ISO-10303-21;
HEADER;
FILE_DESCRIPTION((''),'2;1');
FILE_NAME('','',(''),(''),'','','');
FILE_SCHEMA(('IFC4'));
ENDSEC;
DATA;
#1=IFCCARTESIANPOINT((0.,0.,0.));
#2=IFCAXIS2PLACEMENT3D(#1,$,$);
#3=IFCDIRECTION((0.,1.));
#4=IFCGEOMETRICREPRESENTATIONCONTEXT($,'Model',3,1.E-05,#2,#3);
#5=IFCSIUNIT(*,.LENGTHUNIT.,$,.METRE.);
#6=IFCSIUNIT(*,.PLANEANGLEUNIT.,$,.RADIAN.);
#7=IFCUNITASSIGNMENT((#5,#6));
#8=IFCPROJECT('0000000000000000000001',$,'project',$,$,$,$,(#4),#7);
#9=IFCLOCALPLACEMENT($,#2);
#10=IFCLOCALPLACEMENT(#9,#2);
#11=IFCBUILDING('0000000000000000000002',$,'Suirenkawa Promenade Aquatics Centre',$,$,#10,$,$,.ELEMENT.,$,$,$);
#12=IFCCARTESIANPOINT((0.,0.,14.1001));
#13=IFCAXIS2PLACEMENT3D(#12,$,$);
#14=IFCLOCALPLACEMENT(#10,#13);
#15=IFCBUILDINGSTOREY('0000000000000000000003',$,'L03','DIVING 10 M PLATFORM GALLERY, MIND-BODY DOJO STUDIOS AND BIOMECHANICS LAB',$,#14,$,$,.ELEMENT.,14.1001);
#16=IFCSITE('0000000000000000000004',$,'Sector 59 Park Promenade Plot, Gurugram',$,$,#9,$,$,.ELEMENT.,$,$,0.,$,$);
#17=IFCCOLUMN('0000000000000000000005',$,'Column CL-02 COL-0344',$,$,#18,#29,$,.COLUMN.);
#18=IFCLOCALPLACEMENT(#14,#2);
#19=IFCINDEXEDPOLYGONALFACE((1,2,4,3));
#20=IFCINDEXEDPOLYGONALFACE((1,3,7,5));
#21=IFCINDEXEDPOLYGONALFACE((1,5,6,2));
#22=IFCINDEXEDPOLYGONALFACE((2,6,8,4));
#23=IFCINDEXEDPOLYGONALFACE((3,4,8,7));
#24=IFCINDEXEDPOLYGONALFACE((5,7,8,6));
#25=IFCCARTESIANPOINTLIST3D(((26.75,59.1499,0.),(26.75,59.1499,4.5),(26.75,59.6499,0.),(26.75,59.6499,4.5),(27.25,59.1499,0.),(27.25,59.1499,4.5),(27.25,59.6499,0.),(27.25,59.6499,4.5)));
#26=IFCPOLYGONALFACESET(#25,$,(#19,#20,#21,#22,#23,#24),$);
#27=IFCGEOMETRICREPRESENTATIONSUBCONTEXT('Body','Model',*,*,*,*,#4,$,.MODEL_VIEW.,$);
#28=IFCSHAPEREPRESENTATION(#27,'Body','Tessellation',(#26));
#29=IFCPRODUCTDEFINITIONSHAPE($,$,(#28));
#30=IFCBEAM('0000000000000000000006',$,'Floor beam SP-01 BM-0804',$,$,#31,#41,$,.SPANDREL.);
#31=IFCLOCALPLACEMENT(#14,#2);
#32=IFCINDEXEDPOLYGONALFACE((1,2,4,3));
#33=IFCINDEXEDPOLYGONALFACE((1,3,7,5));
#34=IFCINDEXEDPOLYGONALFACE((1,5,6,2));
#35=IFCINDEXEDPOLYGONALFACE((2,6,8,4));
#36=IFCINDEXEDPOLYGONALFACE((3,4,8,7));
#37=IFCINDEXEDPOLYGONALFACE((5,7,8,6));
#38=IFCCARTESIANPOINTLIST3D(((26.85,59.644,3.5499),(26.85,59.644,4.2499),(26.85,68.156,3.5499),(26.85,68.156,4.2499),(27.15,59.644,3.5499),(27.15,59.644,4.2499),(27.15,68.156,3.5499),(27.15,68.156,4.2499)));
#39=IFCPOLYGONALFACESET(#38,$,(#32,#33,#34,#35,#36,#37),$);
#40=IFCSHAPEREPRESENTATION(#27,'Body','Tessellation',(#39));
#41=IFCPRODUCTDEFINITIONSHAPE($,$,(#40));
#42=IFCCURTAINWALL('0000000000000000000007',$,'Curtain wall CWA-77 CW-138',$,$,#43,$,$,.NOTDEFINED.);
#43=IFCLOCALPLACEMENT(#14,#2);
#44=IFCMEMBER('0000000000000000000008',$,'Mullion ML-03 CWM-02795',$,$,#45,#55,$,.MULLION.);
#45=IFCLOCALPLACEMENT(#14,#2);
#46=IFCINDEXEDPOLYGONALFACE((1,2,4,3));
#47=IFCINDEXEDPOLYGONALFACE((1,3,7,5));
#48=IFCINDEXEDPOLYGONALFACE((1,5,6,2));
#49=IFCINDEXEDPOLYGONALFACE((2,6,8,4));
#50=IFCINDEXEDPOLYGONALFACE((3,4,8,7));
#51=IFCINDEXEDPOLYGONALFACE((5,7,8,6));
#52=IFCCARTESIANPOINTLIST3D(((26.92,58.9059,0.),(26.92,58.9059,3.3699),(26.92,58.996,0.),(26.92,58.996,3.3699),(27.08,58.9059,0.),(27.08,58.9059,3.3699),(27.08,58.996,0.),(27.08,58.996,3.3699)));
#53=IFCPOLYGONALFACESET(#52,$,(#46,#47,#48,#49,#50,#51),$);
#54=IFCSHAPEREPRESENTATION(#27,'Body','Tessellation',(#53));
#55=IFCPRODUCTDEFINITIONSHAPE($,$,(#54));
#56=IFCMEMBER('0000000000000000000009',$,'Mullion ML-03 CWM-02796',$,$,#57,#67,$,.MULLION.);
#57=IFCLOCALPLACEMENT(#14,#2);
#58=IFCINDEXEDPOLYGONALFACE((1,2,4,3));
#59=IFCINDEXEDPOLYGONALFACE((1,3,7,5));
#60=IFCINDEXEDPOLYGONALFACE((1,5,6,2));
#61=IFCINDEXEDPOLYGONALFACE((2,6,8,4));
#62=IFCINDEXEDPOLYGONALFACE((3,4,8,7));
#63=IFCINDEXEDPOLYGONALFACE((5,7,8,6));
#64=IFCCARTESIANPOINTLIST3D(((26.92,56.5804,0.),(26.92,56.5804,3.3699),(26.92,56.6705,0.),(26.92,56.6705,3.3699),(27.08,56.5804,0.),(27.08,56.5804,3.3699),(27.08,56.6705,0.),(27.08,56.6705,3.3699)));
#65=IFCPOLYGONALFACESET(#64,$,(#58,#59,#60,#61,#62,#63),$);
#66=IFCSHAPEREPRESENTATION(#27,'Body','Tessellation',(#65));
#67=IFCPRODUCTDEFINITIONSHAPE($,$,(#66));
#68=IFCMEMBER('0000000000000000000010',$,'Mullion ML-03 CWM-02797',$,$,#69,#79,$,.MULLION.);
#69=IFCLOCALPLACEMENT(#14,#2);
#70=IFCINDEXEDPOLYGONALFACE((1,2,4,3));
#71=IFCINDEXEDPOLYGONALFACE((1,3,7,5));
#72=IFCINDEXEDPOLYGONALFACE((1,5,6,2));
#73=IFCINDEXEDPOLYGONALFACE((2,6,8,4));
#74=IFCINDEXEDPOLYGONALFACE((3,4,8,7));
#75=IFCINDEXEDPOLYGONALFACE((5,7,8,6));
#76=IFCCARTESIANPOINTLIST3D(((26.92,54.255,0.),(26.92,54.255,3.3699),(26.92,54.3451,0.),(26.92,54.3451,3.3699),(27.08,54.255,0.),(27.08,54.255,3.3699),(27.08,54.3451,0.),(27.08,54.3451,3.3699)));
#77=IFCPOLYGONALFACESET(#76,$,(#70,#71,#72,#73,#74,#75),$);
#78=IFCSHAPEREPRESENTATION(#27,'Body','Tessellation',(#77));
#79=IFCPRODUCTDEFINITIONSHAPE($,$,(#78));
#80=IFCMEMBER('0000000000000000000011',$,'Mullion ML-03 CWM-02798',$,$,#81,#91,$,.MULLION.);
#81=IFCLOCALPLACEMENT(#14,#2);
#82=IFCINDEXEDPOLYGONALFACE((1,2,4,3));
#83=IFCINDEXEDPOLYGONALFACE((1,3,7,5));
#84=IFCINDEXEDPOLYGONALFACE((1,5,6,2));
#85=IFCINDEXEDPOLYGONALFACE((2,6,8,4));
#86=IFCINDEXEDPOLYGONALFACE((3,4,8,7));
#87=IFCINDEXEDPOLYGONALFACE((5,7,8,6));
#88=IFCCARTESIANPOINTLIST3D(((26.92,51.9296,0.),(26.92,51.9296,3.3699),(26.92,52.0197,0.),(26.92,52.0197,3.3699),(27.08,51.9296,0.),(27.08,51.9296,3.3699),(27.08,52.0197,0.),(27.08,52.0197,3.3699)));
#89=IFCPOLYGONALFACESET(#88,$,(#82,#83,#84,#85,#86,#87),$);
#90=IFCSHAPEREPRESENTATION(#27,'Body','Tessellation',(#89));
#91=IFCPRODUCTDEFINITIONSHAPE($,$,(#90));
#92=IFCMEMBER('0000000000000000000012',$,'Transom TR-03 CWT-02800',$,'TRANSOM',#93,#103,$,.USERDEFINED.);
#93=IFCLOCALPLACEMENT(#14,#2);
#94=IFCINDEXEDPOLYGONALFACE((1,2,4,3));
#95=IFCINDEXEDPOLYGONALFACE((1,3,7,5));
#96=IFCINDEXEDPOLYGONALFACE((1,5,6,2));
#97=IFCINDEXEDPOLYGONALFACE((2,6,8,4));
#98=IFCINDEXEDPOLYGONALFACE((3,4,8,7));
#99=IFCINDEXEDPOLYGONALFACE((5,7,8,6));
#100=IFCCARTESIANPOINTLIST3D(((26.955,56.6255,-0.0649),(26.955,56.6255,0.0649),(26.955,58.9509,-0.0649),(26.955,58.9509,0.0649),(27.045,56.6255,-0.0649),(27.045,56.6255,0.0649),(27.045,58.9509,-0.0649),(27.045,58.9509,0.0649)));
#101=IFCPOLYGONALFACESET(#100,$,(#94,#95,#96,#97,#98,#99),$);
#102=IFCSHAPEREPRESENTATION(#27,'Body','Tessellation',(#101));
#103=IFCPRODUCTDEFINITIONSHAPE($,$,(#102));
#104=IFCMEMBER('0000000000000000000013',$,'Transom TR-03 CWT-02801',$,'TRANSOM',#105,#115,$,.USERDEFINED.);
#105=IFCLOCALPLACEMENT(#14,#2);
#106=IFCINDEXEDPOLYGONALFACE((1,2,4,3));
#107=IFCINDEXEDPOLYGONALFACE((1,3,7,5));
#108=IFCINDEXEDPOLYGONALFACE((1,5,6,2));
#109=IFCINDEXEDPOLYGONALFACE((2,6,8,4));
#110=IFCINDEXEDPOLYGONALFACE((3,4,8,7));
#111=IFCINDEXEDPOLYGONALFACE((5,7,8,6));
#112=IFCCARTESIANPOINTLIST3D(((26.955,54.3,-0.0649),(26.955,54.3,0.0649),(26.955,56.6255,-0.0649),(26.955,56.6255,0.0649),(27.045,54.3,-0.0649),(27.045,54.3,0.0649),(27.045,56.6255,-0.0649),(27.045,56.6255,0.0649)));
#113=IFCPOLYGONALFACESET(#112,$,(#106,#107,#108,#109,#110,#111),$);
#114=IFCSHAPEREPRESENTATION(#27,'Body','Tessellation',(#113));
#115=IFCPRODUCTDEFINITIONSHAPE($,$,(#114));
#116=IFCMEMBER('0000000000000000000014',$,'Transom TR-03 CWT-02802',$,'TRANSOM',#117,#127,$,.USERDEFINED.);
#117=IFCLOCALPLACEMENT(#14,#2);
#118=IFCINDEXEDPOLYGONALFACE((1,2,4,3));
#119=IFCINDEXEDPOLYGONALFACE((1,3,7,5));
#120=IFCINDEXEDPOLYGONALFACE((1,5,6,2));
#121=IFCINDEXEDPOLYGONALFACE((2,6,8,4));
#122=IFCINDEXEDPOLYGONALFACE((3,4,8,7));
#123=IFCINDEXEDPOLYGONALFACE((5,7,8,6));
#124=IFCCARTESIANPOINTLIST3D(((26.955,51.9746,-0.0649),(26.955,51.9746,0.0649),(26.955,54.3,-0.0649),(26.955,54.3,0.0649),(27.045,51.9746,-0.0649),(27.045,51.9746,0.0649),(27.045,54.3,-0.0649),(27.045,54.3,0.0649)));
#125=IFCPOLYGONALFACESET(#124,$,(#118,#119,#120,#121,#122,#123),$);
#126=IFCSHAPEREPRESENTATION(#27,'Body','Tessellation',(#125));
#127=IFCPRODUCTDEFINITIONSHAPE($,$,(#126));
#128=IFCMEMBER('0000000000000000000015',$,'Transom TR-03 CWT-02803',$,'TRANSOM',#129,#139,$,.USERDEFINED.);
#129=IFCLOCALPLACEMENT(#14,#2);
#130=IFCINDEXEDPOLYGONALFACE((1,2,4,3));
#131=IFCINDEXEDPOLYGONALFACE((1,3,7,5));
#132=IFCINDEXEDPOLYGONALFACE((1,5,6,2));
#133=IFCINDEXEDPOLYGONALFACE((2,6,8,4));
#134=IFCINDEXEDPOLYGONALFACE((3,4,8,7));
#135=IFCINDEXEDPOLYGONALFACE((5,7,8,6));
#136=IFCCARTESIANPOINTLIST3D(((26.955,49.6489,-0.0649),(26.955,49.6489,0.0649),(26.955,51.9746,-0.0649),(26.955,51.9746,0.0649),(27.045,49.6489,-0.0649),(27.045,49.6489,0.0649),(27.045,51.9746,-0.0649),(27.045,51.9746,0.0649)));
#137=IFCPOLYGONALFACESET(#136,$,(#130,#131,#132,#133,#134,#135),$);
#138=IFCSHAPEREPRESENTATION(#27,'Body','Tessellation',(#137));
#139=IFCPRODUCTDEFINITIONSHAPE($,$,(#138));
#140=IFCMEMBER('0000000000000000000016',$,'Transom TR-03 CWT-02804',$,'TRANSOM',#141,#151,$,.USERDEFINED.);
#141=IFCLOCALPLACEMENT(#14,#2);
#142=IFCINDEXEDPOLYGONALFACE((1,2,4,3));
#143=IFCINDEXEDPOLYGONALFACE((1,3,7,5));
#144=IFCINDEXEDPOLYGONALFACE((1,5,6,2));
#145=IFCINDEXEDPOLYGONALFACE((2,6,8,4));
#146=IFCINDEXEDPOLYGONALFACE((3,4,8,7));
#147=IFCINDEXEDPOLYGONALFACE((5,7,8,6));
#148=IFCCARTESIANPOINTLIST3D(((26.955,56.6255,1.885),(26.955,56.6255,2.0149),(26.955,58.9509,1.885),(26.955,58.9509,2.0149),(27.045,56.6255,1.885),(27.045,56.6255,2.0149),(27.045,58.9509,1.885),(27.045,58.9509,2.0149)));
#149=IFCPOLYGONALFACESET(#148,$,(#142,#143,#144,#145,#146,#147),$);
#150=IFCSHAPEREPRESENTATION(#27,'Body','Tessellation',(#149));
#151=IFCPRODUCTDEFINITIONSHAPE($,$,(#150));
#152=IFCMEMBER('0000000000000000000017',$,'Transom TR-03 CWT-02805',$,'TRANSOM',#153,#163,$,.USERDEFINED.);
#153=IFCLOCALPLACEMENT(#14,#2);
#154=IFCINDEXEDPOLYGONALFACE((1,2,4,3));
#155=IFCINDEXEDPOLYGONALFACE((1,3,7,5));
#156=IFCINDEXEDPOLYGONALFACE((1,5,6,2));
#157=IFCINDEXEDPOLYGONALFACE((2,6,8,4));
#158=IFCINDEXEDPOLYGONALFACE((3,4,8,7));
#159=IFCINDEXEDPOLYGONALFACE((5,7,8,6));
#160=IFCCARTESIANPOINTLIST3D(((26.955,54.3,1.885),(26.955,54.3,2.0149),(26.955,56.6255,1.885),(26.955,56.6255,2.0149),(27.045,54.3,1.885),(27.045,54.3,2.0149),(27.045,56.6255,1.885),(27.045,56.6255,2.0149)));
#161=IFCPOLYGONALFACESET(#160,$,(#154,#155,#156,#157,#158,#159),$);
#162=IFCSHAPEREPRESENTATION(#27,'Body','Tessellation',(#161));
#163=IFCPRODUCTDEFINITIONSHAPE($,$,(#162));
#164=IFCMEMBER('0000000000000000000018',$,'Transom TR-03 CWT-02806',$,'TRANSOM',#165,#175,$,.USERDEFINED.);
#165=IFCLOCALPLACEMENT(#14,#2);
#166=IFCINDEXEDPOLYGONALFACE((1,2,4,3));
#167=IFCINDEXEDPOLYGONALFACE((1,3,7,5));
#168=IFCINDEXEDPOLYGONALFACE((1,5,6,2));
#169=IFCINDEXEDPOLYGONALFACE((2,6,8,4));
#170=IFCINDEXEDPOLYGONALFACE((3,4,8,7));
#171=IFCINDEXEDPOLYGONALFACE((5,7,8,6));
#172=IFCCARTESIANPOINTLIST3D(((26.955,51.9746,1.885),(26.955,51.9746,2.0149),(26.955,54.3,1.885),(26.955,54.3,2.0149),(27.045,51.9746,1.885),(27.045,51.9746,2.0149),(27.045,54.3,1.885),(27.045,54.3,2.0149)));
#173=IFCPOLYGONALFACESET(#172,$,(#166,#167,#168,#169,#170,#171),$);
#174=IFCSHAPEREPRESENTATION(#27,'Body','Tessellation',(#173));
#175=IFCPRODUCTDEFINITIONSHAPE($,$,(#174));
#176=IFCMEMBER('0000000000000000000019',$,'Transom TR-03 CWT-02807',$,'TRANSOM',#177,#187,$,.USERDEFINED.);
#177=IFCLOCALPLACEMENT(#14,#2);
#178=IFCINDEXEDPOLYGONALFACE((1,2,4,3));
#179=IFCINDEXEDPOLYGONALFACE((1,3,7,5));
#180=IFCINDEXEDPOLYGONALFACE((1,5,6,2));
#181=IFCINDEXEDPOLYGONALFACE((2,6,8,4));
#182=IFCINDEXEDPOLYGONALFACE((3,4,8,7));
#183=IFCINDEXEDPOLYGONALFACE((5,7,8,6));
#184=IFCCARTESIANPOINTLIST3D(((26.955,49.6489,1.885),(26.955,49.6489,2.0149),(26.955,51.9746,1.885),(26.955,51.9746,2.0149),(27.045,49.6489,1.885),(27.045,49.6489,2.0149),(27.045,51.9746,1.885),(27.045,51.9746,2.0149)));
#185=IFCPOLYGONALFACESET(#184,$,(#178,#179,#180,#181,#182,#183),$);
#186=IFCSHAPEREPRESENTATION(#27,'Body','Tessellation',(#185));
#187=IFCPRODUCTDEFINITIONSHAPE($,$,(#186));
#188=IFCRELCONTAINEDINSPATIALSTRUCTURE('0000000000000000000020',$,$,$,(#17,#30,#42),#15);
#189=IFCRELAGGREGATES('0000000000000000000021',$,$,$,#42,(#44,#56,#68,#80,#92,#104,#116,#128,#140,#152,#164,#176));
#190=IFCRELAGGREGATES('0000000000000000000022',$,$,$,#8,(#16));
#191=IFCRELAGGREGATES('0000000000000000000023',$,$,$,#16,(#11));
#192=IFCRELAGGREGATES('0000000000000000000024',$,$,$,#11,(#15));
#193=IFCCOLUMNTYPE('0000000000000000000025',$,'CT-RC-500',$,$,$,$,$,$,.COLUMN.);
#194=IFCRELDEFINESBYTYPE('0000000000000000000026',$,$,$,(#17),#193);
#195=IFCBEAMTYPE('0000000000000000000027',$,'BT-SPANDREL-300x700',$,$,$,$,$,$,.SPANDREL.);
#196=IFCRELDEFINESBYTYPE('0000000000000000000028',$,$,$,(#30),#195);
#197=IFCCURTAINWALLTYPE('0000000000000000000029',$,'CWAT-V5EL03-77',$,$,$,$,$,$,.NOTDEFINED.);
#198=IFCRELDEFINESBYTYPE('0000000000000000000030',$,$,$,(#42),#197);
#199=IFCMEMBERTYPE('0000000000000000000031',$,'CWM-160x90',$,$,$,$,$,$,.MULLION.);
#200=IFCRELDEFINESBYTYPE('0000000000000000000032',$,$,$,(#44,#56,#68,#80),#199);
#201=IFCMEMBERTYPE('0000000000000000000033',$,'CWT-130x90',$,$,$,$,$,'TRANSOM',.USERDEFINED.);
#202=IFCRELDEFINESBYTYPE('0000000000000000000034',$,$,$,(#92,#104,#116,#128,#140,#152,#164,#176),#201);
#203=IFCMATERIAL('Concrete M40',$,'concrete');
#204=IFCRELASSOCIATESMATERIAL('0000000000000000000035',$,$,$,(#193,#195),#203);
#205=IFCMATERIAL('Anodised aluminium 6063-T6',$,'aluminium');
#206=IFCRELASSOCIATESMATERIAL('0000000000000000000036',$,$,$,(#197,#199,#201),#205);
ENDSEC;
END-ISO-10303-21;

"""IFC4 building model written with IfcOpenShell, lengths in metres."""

from ifc_helpers import new_model, si_unit, direction, frame, origin, origin_2d, place, context, subcontext, project, spatial, rectangle, extrude, material, material_profile, profile_set, type_object, element, aggregate, save


model = new_model("IFC4")

# Units and contexts
model_context = context("Model", 3, precision=1e-05, world=origin(), true_north=direction((0.0, 1.0)))
body_context = subcontext(model_context, "Body", "Model", "MODEL_VIEW")
ifc_project = project(units=[si_unit("LENGTHUNIT", "METRE"), si_unit("PLANEANGLEUNIT", "RADIAN")], contexts=[model_context])

# Site, building, storey
site_placement = place(None, origin())
site = spatial("IfcSite", under=ifc_project, at=site_placement, Name="Sector 59 Park Promenade Plot, Gurugram", CompositionType="ELEMENT", RefElevation=0.0)
building_placement = place(site_placement, origin())
building = spatial("IfcBuilding", under=site, at=building_placement, Name="Suirenkawa Promenade Aquatics Centre", CompositionType="ELEMENT")
storey_placement = place(building_placement, frame((0.0, 0.0, 14.1001)))
storey = spatial("IfcBuildingStorey", under=building, at=storey_placement, Name="L03", Description="DIVING 10 M PLATFORM GALLERY, MIND-BODY DOJO STUDIOS AND BIOMECHANICS LAB", CompositionType="ELEMENT", Elevation=14.1001)

# Column
ifc_material_1 = material(Name="Concrete M40", Category="concrete")
ifc_material_profile_1 = material_profile(ifc_material_1, rectangle(XDim=0.5, YDim=0.5, at=origin_2d()), Name="RC COL 500x500", Category="concrete")
ifc_profile_set_1 = profile_set([ifc_material_profile_1], Name="Concrete M40")
column_type = type_object("IfcColumnType", Name="CT-RC-500", PredefinedType="COLUMN", material=ifc_profile_set_1)
column_placement = place(storey_placement, frame((27.0, 59.3999, 0.0), z_axis=(0.0, 0.0, 1.0), x_axis=(1.0, 0.0, 0.0)))
element("IfcColumn", 1, at=column_placement, inside=storey, type_object=column_type, Name="Column CL-02 COL-0344", PredefinedType="COLUMN", context=body_context, shape_type="SweptSolid", body=[
    extrude(rectangle(XDim=0.5, YDim=0.5, at=origin_2d()), origin(), (0.0, 0.0, 1.0), 4.5),
])

# Beam
ifc_material_profile_2 = material_profile(ifc_material_1, rectangle(XDim=0.3, YDim=0.7, at=origin_2d()), Name="RC SPANDREL 300x700", Category="concrete")
ifc_profile_set_2 = profile_set([ifc_material_profile_2], Name="Concrete M40")
beam_type = type_object("IfcBeamType", Name="BT-SPANDREL-300x700", PredefinedType="SPANDREL", material=ifc_profile_set_2)
beam_placement = place(storey_placement, frame((27.0, 59.644, 3.8999), z_axis=(0.0, 1.0, 0.0), x_axis=(-1.0, 0.0, 0.0)))
element("IfcBeam", 2, at=beam_placement, inside=storey, type_object=beam_type, Name="Floor beam SP-01 BM-0804", PredefinedType="SPANDREL", context=body_context, shape_type="SweptSolid", body=[
    extrude(rectangle(XDim=0.3, YDim=0.7, at=origin_2d()), origin(), (0.0, 0.0, 1.0), 8.512),
])

# Curtain wall, members
ifc_material_2 = material(Name="Anodised aluminium 6063-T6", Category="aluminium")
curtain_wall_type = type_object("IfcCurtainWallType", Name="CWAT-V5EL03-77", PredefinedType="NOTDEFINED", material=ifc_material_2)
curtain_wall_placement = place(storey_placement, origin())
curtain_wall = element("IfcCurtainWall", 3, at=curtain_wall_placement, inside=storey, type_object=curtain_wall_type, Name="Curtain wall CWA-77 CW-138", PredefinedType="NOTDEFINED")
ifc_material_profile_3 = material_profile(ifc_material_2, rectangle(XDim=0.0901, YDim=0.1599, at=origin_2d()), Name="ALU MULL 90x160", Category="aluminium")
ifc_profile_set_3 = profile_set([ifc_material_profile_3], Name="Anodised aluminium 6063-T6")
member_type_1 = type_object("IfcMemberType", Name="CWM-160x90", PredefinedType="MULLION", material=ifc_profile_set_3)
member_1_placement = place(storey_placement, frame((27.0, 58.9509, 0.0), z_axis=(0.0, 0.0, 1.0), x_axis=(0.0, -1.0, 0.0)))
member_1 = element("IfcMember", 4, at=member_1_placement, type_object=member_type_1, Name="Mullion ML-03 CWM-02795", PredefinedType="MULLION", context=body_context, shape_type="SweptSolid", body=[
    extrude(rectangle(XDim=0.0901, YDim=0.1599, at=origin_2d()), origin(), (0.0, 0.0, 1.0), 3.3699),
])
member_2_placement = place(storey_placement, frame((27.0, 56.6255, 0.0), z_axis=(0.0, 0.0, 1.0), x_axis=(0.0, -1.0, 0.0)))
member_2 = element("IfcMember", 5, at=member_2_placement, type_object=member_type_1, Name="Mullion ML-03 CWM-02796", PredefinedType="MULLION", context=body_context, shape_type="SweptSolid", body=[
    extrude(rectangle(XDim=0.0901, YDim=0.1599, at=origin_2d()), origin(), (0.0, 0.0, 1.0), 3.3699),
])
member_3_placement = place(storey_placement, frame((27.0, 54.3, 0.0), z_axis=(0.0, 0.0, 1.0), x_axis=(0.0, -1.0, 0.0)))
member_3 = element("IfcMember", 6, at=member_3_placement, type_object=member_type_1, Name="Mullion ML-03 CWM-02797", PredefinedType="MULLION", context=body_context, shape_type="SweptSolid", body=[
    extrude(rectangle(XDim=0.0901, YDim=0.1599, at=origin_2d()), origin(), (0.0, 0.0, 1.0), 3.3699),
])
member_4_placement = place(storey_placement, frame((27.0, 51.9746, 0.0), z_axis=(0.0, 0.0, 1.0), x_axis=(0.0, -1.0, 0.0)))
member_4 = element("IfcMember", 7, at=member_4_placement, type_object=member_type_1, Name="Mullion ML-03 CWM-02798", PredefinedType="MULLION", context=body_context, shape_type="SweptSolid", body=[
    extrude(rectangle(XDim=0.0901, YDim=0.1599, at=origin_2d()), origin(), (0.0, 0.0, 1.0), 3.3699),
])
ifc_material_profile_4 = material_profile(ifc_material_2, rectangle(XDim=0.0901, YDim=0.1299, at=origin_2d()), Name="ALU TRAN 90x130", Category="aluminium")
ifc_profile_set_4 = profile_set([ifc_material_profile_4], Name="Anodised aluminium 6063-T6")
member_type_2 = type_object("IfcMemberType", Name="CWT-130x90", ElementType="TRANSOM", PredefinedType="USERDEFINED", material=ifc_profile_set_4)
member_5_placement = place(storey_placement, frame((27.0, 58.9509, 0.0), z_axis=(0.0, -1.0, 0.0), x_axis=(1.0, 0.0, 0.0)))
member_5 = element("IfcMember", 8, at=member_5_placement, type_object=member_type_2, Name="Transom TR-03 CWT-02800", ObjectType="TRANSOM", PredefinedType="USERDEFINED", context=body_context, shape_type="SweptSolid", body=[
    extrude(rectangle(XDim=0.0901, YDim=0.1299, at=origin_2d()), origin(), (0.0, 0.0, 1.0), 2.3254),
])
member_6_placement = place(storey_placement, frame((27.0, 56.6255, 0.0), z_axis=(0.0, -1.0, 0.0), x_axis=(1.0, 0.0, 0.0)))
member_6 = element("IfcMember", 9, at=member_6_placement, type_object=member_type_2, Name="Transom TR-03 CWT-02801", ObjectType="TRANSOM", PredefinedType="USERDEFINED", context=body_context, shape_type="SweptSolid", body=[
    extrude(rectangle(XDim=0.0901, YDim=0.1299, at=origin_2d()), origin(), (0.0, 0.0, 1.0), 2.3254),
])
member_7_placement = place(storey_placement, frame((27.0, 54.3, 0.0), z_axis=(0.0, -1.0, 0.0), x_axis=(1.0, 0.0, 0.0)))
member_7 = element("IfcMember", 10, at=member_7_placement, type_object=member_type_2, Name="Transom TR-03 CWT-02802", ObjectType="TRANSOM", PredefinedType="USERDEFINED", context=body_context, shape_type="SweptSolid", body=[
    extrude(rectangle(XDim=0.0901, YDim=0.1299, at=origin_2d()), origin(), (0.0, 0.0, 1.0), 2.3254),
])
member_8_placement = place(storey_placement, frame((27.0, 51.9746, 0.0), z_axis=(0.0, -1.0, 0.0), x_axis=(1.0, 0.0, 0.0)))
member_8 = element("IfcMember", 11, at=member_8_placement, type_object=member_type_2, Name="Transom TR-03 CWT-02803", ObjectType="TRANSOM", PredefinedType="USERDEFINED", context=body_context, shape_type="SweptSolid", body=[
    extrude(rectangle(XDim=0.0901, YDim=0.1299, at=origin_2d()), origin(), (0.0, 0.0, 1.0), 2.3257),
])
member_9_placement = place(storey_placement, frame((27.0, 58.9509, 1.95), z_axis=(0.0, -1.0, 0.0), x_axis=(1.0, 0.0, 0.0)))
member_9 = element("IfcMember", 12, at=member_9_placement, type_object=member_type_2, Name="Transom TR-03 CWT-02804", ObjectType="TRANSOM", PredefinedType="USERDEFINED", context=body_context, shape_type="SweptSolid", body=[
    extrude(rectangle(XDim=0.0901, YDim=0.1299, at=origin_2d()), origin(), (0.0, 0.0, 1.0), 2.3254),
])
member_10_placement = place(storey_placement, frame((27.0, 56.6255, 1.95), z_axis=(0.0, -1.0, 0.0), x_axis=(1.0, 0.0, 0.0)))
member_10 = element("IfcMember", 13, at=member_10_placement, type_object=member_type_2, Name="Transom TR-03 CWT-02805", ObjectType="TRANSOM", PredefinedType="USERDEFINED", context=body_context, shape_type="SweptSolid", body=[
    extrude(rectangle(XDim=0.0901, YDim=0.1299, at=origin_2d()), origin(), (0.0, 0.0, 1.0), 2.3254),
])
member_11_placement = place(storey_placement, frame((27.0, 54.3, 1.95), z_axis=(0.0, -1.0, 0.0), x_axis=(1.0, 0.0, 0.0)))
member_11 = element("IfcMember", 14, at=member_11_placement, type_object=member_type_2, Name="Transom TR-03 CWT-02806", ObjectType="TRANSOM", PredefinedType="USERDEFINED", context=body_context, shape_type="SweptSolid", body=[
    extrude(rectangle(XDim=0.0901, YDim=0.1299, at=origin_2d()), origin(), (0.0, 0.0, 1.0), 2.3254),
])
member_12_placement = place(storey_placement, frame((27.0, 51.9746, 1.95), z_axis=(0.0, -1.0, 0.0), x_axis=(1.0, 0.0, 0.0)))
member_12 = element("IfcMember", 15, at=member_12_placement, type_object=member_type_2, Name="Transom TR-03 CWT-02807", ObjectType="TRANSOM", PredefinedType="USERDEFINED", context=body_context, shape_type="SweptSolid", body=[
    extrude(rectangle(XDim=0.0901, YDim=0.1299, at=origin_2d()), origin(), (0.0, 0.0, 1.0), 2.3257),
])
aggregate(curtain_wall, [member_1, member_2, member_3, member_4, member_5, member_6, member_7, member_8, member_9, member_10, member_11, member_12])

save(model, "model.ifc")
